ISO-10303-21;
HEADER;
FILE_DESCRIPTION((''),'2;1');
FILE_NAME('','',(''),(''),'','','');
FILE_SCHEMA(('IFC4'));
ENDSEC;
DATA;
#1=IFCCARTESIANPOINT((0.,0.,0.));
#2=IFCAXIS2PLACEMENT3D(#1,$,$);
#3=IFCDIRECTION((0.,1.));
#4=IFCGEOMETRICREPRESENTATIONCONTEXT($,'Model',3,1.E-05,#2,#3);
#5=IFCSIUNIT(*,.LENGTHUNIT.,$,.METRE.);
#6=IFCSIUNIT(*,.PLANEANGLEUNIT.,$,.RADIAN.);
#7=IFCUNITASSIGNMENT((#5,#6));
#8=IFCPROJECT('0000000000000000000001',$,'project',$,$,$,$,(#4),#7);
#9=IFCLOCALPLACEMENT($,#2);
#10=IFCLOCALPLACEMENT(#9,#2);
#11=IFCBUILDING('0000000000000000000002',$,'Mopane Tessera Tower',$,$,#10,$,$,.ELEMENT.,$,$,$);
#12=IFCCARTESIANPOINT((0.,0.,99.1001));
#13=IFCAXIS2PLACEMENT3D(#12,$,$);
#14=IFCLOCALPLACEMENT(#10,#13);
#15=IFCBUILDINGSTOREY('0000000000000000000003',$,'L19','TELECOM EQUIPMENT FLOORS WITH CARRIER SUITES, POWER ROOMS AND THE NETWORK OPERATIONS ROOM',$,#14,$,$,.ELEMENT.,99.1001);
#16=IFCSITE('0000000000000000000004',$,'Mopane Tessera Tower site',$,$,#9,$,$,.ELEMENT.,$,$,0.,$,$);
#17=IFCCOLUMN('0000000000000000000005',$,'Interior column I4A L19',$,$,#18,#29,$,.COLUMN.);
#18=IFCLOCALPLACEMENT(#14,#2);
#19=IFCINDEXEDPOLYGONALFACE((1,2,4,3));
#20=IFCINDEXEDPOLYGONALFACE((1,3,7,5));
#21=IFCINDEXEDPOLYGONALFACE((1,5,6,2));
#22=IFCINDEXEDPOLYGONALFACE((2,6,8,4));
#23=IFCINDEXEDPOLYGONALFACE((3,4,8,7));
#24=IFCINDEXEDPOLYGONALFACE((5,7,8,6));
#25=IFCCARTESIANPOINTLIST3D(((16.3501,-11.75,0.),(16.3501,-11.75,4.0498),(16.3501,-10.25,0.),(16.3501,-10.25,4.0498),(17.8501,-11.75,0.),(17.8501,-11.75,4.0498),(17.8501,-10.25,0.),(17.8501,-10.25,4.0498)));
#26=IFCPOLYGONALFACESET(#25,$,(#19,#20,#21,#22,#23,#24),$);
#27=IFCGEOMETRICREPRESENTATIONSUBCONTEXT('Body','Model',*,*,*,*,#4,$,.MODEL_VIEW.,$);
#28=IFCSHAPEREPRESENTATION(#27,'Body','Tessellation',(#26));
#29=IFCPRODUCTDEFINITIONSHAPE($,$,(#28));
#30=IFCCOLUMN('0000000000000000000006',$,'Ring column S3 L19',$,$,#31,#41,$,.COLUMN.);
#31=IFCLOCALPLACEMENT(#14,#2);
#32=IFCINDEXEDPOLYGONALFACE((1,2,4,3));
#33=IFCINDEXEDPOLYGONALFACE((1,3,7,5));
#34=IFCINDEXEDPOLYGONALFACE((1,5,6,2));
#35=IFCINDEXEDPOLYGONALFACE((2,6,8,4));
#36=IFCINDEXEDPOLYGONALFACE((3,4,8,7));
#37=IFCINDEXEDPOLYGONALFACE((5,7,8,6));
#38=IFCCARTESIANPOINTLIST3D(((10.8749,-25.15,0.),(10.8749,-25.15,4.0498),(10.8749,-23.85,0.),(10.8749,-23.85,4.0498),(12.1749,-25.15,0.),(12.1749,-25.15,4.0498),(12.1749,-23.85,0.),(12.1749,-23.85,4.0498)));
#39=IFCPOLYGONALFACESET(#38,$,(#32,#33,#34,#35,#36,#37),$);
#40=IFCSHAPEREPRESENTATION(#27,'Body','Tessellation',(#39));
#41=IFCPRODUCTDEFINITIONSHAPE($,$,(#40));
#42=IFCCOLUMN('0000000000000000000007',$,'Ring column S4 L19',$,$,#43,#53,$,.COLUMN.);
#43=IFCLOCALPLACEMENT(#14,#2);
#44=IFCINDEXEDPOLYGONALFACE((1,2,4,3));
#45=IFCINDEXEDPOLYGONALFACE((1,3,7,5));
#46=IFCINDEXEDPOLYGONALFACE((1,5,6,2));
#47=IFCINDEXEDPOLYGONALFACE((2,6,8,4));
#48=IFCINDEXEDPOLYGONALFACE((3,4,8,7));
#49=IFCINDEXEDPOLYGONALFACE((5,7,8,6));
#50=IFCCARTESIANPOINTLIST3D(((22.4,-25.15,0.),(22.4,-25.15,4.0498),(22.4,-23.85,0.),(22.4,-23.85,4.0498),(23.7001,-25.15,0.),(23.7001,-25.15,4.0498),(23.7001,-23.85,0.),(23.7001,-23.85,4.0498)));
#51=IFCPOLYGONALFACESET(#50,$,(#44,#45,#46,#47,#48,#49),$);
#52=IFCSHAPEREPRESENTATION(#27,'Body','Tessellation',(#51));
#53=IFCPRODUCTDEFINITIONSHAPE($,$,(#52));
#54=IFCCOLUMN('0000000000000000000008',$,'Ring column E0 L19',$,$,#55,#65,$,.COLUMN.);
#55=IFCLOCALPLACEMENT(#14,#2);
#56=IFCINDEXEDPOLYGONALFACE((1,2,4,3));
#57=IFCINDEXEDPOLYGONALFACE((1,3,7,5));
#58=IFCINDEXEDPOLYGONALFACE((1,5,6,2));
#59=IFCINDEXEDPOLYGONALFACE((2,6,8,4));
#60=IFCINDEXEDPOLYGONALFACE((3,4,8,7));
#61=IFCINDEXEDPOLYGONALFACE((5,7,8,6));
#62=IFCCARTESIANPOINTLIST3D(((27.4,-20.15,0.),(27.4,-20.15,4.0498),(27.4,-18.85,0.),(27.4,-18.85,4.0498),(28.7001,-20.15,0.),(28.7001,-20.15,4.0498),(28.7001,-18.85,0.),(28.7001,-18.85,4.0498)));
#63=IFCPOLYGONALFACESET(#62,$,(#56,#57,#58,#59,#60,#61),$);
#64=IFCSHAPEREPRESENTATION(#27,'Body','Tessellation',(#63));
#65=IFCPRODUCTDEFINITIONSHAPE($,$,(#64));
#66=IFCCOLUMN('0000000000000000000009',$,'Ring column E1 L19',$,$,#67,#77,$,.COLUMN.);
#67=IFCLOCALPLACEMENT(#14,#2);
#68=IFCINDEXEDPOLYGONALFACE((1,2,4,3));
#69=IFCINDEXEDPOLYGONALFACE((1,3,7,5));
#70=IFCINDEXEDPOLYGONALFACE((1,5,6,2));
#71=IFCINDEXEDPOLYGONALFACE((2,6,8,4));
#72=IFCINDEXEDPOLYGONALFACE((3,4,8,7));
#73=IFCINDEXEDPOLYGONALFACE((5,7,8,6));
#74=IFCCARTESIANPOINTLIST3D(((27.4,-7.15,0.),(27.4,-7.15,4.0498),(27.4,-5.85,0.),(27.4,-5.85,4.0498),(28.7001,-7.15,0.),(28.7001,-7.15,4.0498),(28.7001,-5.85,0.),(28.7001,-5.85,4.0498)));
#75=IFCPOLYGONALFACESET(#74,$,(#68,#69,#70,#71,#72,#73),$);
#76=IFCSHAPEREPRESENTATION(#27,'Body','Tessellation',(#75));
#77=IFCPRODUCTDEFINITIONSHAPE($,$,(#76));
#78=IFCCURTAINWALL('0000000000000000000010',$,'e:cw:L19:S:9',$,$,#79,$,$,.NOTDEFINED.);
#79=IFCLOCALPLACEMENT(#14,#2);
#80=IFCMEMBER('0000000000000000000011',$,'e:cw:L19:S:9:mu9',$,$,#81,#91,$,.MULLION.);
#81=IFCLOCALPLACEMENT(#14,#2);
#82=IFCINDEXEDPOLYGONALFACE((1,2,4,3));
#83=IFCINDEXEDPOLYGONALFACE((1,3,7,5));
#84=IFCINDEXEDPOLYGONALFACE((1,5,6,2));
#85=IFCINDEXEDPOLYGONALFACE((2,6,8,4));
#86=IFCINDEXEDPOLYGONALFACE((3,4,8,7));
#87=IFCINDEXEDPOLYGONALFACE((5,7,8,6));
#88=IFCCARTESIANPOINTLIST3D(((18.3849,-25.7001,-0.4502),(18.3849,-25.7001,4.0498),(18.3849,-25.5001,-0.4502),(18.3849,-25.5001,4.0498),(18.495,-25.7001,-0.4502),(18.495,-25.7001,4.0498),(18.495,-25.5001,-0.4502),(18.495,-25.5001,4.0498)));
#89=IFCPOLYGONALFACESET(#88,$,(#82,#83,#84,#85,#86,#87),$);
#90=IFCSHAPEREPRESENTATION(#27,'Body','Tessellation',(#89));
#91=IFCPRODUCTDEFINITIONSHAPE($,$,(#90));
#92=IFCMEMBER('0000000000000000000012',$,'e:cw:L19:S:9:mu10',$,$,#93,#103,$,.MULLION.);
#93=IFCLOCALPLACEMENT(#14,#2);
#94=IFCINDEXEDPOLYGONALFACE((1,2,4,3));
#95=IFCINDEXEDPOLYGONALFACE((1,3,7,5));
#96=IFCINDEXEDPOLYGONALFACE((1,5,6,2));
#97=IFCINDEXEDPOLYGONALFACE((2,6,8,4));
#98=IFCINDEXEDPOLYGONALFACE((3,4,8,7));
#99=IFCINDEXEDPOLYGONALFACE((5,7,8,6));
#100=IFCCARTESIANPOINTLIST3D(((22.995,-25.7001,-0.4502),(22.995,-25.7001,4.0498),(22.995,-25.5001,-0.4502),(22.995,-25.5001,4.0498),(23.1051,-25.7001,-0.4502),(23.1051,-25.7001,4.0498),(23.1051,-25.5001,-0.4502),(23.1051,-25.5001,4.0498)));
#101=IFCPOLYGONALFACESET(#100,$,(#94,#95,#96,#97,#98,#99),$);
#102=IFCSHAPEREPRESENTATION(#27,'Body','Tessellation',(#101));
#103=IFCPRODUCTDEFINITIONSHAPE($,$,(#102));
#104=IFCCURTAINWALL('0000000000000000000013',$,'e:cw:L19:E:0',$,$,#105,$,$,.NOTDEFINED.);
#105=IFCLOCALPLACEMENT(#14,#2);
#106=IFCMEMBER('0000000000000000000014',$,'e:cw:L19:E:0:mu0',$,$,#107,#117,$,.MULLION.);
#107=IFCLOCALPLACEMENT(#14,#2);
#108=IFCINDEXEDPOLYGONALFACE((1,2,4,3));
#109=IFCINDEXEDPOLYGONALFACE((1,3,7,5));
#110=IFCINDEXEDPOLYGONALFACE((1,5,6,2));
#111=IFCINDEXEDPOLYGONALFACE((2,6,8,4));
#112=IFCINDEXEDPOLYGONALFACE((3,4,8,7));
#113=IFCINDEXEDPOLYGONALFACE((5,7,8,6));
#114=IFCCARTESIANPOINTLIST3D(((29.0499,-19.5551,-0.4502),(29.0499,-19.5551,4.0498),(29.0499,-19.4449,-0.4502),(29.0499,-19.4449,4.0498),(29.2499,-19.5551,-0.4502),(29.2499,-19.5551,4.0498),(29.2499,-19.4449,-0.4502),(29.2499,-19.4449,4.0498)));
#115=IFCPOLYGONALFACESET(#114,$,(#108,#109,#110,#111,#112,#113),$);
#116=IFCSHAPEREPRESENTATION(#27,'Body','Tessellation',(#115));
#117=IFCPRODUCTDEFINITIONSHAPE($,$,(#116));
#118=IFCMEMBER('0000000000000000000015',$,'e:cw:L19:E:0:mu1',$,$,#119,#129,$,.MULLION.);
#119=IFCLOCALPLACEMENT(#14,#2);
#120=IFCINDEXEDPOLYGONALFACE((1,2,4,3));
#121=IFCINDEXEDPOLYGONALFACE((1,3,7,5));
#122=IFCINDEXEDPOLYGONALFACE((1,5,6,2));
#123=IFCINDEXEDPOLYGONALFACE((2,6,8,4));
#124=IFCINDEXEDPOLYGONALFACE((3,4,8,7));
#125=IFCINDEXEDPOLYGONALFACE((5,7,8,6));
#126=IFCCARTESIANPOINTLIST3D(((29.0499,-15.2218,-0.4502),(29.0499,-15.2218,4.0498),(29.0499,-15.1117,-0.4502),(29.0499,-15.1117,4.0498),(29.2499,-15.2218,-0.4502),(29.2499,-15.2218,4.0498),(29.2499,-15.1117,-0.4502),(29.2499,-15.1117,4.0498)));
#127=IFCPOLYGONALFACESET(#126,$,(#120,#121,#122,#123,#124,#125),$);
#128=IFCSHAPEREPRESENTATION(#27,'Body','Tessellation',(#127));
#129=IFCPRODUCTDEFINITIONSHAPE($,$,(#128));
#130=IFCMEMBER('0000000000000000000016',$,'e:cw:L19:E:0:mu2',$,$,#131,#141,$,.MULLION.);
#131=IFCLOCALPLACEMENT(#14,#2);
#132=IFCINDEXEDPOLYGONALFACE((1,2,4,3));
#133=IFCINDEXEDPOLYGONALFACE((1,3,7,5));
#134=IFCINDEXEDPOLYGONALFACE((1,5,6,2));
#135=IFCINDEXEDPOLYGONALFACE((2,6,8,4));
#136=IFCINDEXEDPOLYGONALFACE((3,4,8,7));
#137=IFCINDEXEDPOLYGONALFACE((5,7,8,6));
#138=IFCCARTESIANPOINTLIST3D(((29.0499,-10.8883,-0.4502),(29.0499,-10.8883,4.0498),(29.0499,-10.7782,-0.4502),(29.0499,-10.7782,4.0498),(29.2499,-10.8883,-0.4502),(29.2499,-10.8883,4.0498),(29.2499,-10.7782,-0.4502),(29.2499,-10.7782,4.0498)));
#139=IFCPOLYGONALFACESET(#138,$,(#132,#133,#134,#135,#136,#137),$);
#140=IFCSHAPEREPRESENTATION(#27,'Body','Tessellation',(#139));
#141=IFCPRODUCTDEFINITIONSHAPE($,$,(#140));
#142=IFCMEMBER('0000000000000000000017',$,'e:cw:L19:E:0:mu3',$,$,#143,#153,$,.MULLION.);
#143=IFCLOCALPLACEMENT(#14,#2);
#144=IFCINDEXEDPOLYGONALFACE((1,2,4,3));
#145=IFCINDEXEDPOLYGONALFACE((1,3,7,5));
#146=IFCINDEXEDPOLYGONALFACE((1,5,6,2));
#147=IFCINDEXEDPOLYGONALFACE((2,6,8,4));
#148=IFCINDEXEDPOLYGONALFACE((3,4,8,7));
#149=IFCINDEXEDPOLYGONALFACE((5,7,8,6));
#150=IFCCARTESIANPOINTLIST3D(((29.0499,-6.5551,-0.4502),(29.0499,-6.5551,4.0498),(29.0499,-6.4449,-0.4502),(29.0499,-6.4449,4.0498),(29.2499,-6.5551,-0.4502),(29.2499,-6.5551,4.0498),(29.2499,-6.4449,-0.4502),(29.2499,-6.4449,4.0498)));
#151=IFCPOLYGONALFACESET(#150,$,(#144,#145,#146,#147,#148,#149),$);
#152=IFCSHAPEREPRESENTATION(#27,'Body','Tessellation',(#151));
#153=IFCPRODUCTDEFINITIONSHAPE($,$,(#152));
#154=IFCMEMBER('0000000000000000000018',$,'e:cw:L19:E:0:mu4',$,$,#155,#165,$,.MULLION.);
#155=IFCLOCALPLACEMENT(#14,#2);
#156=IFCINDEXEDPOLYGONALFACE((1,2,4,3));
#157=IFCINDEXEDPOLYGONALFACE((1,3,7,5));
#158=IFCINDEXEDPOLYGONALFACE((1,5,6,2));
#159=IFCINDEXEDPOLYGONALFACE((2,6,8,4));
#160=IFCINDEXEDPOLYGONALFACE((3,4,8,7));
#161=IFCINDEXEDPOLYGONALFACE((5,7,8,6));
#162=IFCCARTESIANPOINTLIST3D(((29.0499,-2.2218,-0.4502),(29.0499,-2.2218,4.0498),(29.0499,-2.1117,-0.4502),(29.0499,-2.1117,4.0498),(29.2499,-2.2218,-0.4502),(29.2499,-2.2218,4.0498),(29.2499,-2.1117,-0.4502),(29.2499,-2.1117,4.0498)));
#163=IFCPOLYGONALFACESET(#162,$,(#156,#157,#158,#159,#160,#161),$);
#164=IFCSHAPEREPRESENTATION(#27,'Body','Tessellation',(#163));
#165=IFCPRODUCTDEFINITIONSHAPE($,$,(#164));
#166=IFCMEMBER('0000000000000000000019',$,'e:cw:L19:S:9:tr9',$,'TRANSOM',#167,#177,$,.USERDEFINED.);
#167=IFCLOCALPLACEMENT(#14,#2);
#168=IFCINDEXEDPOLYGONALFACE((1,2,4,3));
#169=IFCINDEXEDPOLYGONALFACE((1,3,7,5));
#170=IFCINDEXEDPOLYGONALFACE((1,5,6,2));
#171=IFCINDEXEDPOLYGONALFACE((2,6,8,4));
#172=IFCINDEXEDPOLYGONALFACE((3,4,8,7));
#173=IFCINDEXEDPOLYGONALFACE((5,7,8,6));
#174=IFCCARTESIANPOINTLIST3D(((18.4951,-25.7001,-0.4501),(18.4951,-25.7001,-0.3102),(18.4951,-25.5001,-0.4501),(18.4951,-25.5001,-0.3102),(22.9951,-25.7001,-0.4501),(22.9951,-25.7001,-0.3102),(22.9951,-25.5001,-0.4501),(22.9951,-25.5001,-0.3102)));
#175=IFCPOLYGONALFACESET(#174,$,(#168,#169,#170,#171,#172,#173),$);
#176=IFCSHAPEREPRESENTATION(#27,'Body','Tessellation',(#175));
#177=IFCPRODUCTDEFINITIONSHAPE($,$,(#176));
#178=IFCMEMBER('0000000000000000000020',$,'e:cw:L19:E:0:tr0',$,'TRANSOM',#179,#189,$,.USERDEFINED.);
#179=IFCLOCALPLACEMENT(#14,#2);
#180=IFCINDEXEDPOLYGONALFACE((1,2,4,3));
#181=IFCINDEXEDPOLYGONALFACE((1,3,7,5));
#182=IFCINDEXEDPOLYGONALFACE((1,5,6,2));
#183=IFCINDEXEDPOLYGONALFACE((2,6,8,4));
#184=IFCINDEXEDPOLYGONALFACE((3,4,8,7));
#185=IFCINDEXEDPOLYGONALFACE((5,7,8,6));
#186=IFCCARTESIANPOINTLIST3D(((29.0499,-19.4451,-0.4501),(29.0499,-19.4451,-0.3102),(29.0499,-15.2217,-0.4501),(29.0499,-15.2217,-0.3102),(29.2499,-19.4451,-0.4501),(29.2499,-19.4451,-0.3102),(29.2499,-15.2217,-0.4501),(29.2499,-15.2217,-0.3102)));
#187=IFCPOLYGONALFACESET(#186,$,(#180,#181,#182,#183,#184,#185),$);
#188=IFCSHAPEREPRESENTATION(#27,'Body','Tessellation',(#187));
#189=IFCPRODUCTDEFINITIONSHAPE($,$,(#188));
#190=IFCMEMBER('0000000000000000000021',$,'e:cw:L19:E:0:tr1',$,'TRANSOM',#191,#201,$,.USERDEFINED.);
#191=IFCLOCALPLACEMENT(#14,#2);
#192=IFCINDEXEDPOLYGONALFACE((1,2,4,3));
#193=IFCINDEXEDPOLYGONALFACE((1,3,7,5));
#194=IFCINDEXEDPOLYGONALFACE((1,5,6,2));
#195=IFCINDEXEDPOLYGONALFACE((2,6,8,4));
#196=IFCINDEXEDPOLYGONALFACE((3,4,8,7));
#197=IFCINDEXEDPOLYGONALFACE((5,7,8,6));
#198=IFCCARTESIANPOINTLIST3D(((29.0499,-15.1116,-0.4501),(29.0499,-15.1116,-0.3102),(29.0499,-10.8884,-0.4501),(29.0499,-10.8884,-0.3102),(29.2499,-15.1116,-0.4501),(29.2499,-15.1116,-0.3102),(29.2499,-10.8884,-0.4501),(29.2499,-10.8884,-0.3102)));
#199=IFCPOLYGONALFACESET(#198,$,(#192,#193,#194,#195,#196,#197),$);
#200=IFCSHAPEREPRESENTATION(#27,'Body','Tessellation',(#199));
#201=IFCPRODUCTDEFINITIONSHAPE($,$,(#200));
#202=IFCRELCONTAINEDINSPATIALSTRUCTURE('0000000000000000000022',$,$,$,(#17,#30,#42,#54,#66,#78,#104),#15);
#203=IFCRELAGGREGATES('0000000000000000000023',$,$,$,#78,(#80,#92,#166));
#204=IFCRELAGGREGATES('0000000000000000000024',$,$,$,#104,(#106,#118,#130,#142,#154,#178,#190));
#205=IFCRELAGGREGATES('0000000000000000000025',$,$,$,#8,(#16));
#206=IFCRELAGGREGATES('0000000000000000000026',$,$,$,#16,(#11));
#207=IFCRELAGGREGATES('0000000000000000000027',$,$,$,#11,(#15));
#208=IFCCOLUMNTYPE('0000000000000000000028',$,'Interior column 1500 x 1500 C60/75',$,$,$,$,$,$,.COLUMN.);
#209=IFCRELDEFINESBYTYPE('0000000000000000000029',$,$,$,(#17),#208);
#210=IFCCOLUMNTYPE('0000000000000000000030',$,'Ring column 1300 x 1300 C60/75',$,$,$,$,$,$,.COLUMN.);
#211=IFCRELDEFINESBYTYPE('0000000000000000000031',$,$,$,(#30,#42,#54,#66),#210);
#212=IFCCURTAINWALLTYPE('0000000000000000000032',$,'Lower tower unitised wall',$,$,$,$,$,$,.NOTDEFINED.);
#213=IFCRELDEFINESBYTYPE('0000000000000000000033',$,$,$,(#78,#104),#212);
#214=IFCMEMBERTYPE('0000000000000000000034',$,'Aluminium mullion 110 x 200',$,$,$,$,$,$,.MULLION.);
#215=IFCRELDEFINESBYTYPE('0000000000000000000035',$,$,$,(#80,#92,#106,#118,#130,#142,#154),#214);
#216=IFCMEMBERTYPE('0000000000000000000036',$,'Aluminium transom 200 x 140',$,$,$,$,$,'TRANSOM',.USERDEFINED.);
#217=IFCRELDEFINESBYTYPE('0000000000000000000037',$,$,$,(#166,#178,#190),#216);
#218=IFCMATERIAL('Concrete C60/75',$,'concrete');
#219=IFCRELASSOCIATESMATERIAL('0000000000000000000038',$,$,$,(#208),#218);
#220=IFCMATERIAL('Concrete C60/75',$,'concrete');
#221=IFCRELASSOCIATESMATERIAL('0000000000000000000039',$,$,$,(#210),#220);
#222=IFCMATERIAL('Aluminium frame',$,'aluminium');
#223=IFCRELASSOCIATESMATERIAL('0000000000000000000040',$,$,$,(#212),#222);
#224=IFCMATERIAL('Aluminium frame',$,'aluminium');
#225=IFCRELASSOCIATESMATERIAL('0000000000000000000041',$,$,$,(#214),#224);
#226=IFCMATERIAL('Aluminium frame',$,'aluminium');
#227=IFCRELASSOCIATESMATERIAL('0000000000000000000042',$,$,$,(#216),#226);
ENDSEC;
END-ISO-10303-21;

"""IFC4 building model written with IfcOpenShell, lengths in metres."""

from ifc_helpers import new_model, si_unit, direction, frame, origin, origin_2d, place, context, subcontext, project, spatial, rectangle, extrude, material, material_profile, profile_set, type_object, element, aggregate, save


model = new_model("IFC4")

# Units and contexts
model_context = context("Model", 3, precision=1e-05, world=origin(), true_north=direction((0.0, 1.0)))
body_context = subcontext(model_context, "Body", "Model", "MODEL_VIEW")
ifc_project = project(units=[si_unit("LENGTHUNIT", "METRE"), si_unit("PLANEANGLEUNIT", "RADIAN")], contexts=[model_context])

# Site, building, storey
site_placement = place(None, origin())
site = spatial("IfcSite", under=ifc_project, at=site_placement, Name="Mopane Tessera Tower site", CompositionType="ELEMENT", RefElevation=0.0)
building_placement = place(site_placement, origin())
building = spatial("IfcBuilding", under=site, at=building_placement, Name="Mopane Tessera Tower", CompositionType="ELEMENT")
storey_placement = place(building_placement, frame((0.0, 0.0, 99.1001)))
storey = spatial("IfcBuildingStorey", under=building, at=storey_placement, Name="L19", Description="TELECOM EQUIPMENT FLOORS WITH CARRIER SUITES, POWER ROOMS AND THE NETWORK OPERATIONS ROOM", CompositionType="ELEMENT", Elevation=99.1001)

# Columns
ifc_material_1 = material(Name="Concrete C60/75", Category="concrete")
ifc_material_profile_1 = material_profile(ifc_material_1, rectangle(XDim=1.5, YDim=1.5, at=origin_2d()))
ifc_profile_set_1 = profile_set([ifc_material_profile_1], Name="Concrete C60/75")
column_type_1 = type_object("IfcColumnType", Name="Interior column 1500 x 1500 C60/75", PredefinedType="COLUMN", material=ifc_profile_set_1)
column_placement = place(storey_placement, frame((17.1001, -11.0, 0.0), z_axis=(0.0, 0.0, 1.0), x_axis=(1.0, 0.0, 0.0)))
element("IfcColumn", 1, at=column_placement, inside=storey, type_object=column_type_1, Name="Interior column I4A L19", PredefinedType="COLUMN", context=body_context, shape_type="SweptSolid", body=[
    extrude(rectangle(XDim=1.5, YDim=1.5, at=origin_2d()), origin(), (0.0, 0.0, 1.0), 4.0498),
])
ifc_material_2 = material(Name="Concrete C60/75", Category="concrete")
ifc_material_profile_2 = material_profile(ifc_material_2, rectangle(XDim=1.3, YDim=1.3, at=origin_2d()))
ifc_profile_set_2 = profile_set([ifc_material_profile_2], Name="Concrete C60/75")
column_type_2 = type_object("IfcColumnType", Name="Ring column 1300 x 1300 C60/75", PredefinedType="COLUMN", material=ifc_profile_set_2)
for number, where, z_axis, x_axis, name in (
    (2, (11.5249, -24.5, 0.0), (0.0, 0.0, 1.0), (1.0, 0.0, 0.0), "Ring column S3 L19"),
    (3, (23.05, -24.5, 0.0), (0.0, 0.0, 1.0), (1.0, 0.0, 0.0), "Ring column S4 L19"),
    (4, (28.05, -19.5, 0.0), (0.0, 0.0, 1.0), (1.0, 0.0, 0.0), "Ring column E0 L19"),
    (5, (28.05, -6.5, 0.0), (0.0, 0.0, 1.0), (1.0, 0.0, 0.0), "Ring column E1 L19"),
):
    element("IfcColumn", number, at=place(storey_placement, frame(where, z_axis=z_axis, x_axis=x_axis)), inside=storey, type_object=column_type_2, Name=name, PredefinedType="COLUMN", context=body_context, shape_type="SweptSolid", body=[
        extrude(rectangle(XDim=1.3, YDim=1.3, at=origin_2d()), origin(), (0.0, 0.0, 1.0), 4.0498),
    ])

# Curtain walls, members
ifc_material_3 = material(Name="Aluminium frame", Category="aluminium")
curtain_wall_type = type_object("IfcCurtainWallType", Name="Lower tower unitised wall", PredefinedType="NOTDEFINED", material=ifc_material_3)
curtain_wall_1_placement = place(storey_placement, origin())
curtain_wall_1 = element("IfcCurtainWall", 6, at=curtain_wall_1_placement, inside=storey, type_object=curtain_wall_type, Name="e:cw:L19:S:9", PredefinedType="NOTDEFINED")
ifc_material_4 = material(Name="Aluminium frame", Category="aluminium")
ifc_material_profile_3 = material_profile(ifc_material_4, rectangle(XDim=0.1101, YDim=0.2, at=origin_2d()))
ifc_profile_set_3 = profile_set([ifc_material_profile_3], Name="Aluminium frame")
member_type_1 = type_object("IfcMemberType", Name="Aluminium mullion 110 x 200", PredefinedType="MULLION", material=ifc_profile_set_3)
member_1_placement = place(storey_placement, frame((18.4399, -25.6001, -0.4502), z_axis=(0.0, 0.0, 1.0), x_axis=(1.0, 0.0, 0.0)))
member_1 = element("IfcMember", 7, at=member_1_placement, type_object=member_type_1, Name="e:cw:L19:S:9:mu9", PredefinedType="MULLION", context=body_context, shape_type="SweptSolid", body=[
    extrude(rectangle(XDim=0.1101, YDim=0.2, at=origin_2d()), origin(), (0.0, 0.0, 1.0), 4.5),
])
member_2_placement = place(storey_placement, frame((23.05, -25.6001, -0.4502), z_axis=(0.0, 0.0, 1.0), x_axis=(1.0, 0.0, 0.0)))
member_2 = element("IfcMember", 8, at=member_2_placement, type_object=member_type_1, Name="e:cw:L19:S:9:mu10", PredefinedType="MULLION", context=body_context, shape_type="SweptSolid", body=[
    extrude(rectangle(XDim=0.1101, YDim=0.2, at=origin_2d()), origin(), (0.0, 0.0, 1.0), 4.5),
])
curtain_wall_2_placement = place(storey_placement, origin())
curtain_wall_2 = element("IfcCurtainWall", 9, at=curtain_wall_2_placement, inside=storey, type_object=curtain_wall_type, Name="e:cw:L19:E:0", PredefinedType="NOTDEFINED")
member_3_placement = place(storey_placement, frame((29.1499, -19.5, -0.4502), z_axis=(0.0, 0.0, 1.0), x_axis=(0.0, 1.0, 0.0)))
member_3 = element("IfcMember", 10, at=member_3_placement, type_object=member_type_1, Name="e:cw:L19:E:0:mu0", PredefinedType="MULLION", context=body_context, shape_type="SweptSolid", body=[
    extrude(rectangle(XDim=0.1101, YDim=0.2, at=origin_2d()), origin(), (0.0, 0.0, 1.0), 4.5),
])
member_4_placement = place(storey_placement, frame((29.1499, -15.1667, -0.4502), z_axis=(0.0, 0.0, 1.0), x_axis=(0.0, 1.0, 0.0)))
member_4 = element("IfcMember", 11, at=member_4_placement, type_object=member_type_1, Name="e:cw:L19:E:0:mu1", PredefinedType="MULLION", context=body_context, shape_type="SweptSolid", body=[
    extrude(rectangle(XDim=0.1101, YDim=0.2, at=origin_2d()), origin(), (0.0, 0.0, 1.0), 4.5),
])
member_5_placement = place(storey_placement, frame((29.1499, -10.8333, -0.4502), z_axis=(0.0, 0.0, 1.0), x_axis=(0.0, 1.0, 0.0)))
member_5 = element("IfcMember", 12, at=member_5_placement, type_object=member_type_1, Name="e:cw:L19:E:0:mu2", PredefinedType="MULLION", context=body_context, shape_type="SweptSolid", body=[
    extrude(rectangle(XDim=0.1101, YDim=0.2, at=origin_2d()), origin(), (0.0, 0.0, 1.0), 4.5),
])
member_6_placement = place(storey_placement, frame((29.1499, -6.5, -0.4502), z_axis=(0.0, 0.0, 1.0), x_axis=(0.0, 1.0, 0.0)))
member_6 = element("IfcMember", 13, at=member_6_placement, type_object=member_type_1, Name="e:cw:L19:E:0:mu3", PredefinedType="MULLION", context=body_context, shape_type="SweptSolid", body=[
    extrude(rectangle(XDim=0.1101, YDim=0.2, at=origin_2d()), origin(), (0.0, 0.0, 1.0), 4.5),
])
member_7_placement = place(storey_placement, frame((29.1499, -2.1667, -0.4502), z_axis=(0.0, 0.0, 1.0), x_axis=(0.0, 1.0, 0.0)))
member_7 = element("IfcMember", 14, at=member_7_placement, type_object=member_type_1, Name="e:cw:L19:E:0:mu4", PredefinedType="MULLION", context=body_context, shape_type="SweptSolid", body=[
    extrude(rectangle(XDim=0.1101, YDim=0.2, at=origin_2d()), origin(), (0.0, 0.0, 1.0), 4.5),
])

# Members
ifc_material_5 = material(Name="Aluminium frame", Category="aluminium")
ifc_material_profile_4 = material_profile(ifc_material_5, rectangle(XDim=0.2, YDim=0.1399, at=origin_2d()))
ifc_profile_set_4 = profile_set([ifc_material_profile_4], Name="Aluminium frame")
member_type_2 = type_object("IfcMemberType", Name="Aluminium transom 200 x 140", ElementType="TRANSOM", PredefinedType="USERDEFINED", material=ifc_profile_set_4)
member_8_placement = place(storey_placement, frame((18.4951, -25.6001, -0.3801), z_axis=(1.0, 0.0, 0.0), x_axis=(0.0, 1.0, 0.0)))
member_8 = element("IfcMember", 15, at=member_8_placement, type_object=member_type_2, Name="e:cw:L19:S:9:tr9", ObjectType="TRANSOM", PredefinedType="USERDEFINED", context=body_context, shape_type="SweptSolid", body=[
    extrude(rectangle(XDim=0.2, YDim=0.1399, at=origin_2d()), origin(), (0.0, 0.0, 1.0), 4.5),
])
member_9_placement = place(storey_placement, frame((29.1499, -19.4451, -0.3801), z_axis=(0.0, 1.0, 0.0), x_axis=(-1.0, 0.0, 0.0)))
member_9 = element("IfcMember", 16, at=member_9_placement, type_object=member_type_2, Name="e:cw:L19:E:0:tr0", ObjectType="TRANSOM", PredefinedType="USERDEFINED", context=body_context, shape_type="SweptSolid", body=[
    extrude(rectangle(XDim=0.2, YDim=0.1399, at=origin_2d()), origin(), (0.0, 0.0, 1.0), 4.2234),
])
member_10_placement = place(storey_placement, frame((29.1499, -15.1116, -0.3801), z_axis=(0.0, 1.0, 0.0), x_axis=(-1.0, 0.0, 0.0)))
member_10 = element("IfcMember", 17, at=member_10_placement, type_object=member_type_2, Name="e:cw:L19:E:0:tr1", ObjectType="TRANSOM", PredefinedType="USERDEFINED", context=body_context, shape_type="SweptSolid", body=[
    extrude(rectangle(XDim=0.2, YDim=0.1399, at=origin_2d()), origin(), (0.0, 0.0, 1.0), 4.2231),
])

aggregate(curtain_wall_1, [member_1, member_2, member_8])
aggregate(curtain_wall_2, [member_3, member_4, member_5, member_6, member_7, member_9, member_10])

save(model, "model.ifc")
